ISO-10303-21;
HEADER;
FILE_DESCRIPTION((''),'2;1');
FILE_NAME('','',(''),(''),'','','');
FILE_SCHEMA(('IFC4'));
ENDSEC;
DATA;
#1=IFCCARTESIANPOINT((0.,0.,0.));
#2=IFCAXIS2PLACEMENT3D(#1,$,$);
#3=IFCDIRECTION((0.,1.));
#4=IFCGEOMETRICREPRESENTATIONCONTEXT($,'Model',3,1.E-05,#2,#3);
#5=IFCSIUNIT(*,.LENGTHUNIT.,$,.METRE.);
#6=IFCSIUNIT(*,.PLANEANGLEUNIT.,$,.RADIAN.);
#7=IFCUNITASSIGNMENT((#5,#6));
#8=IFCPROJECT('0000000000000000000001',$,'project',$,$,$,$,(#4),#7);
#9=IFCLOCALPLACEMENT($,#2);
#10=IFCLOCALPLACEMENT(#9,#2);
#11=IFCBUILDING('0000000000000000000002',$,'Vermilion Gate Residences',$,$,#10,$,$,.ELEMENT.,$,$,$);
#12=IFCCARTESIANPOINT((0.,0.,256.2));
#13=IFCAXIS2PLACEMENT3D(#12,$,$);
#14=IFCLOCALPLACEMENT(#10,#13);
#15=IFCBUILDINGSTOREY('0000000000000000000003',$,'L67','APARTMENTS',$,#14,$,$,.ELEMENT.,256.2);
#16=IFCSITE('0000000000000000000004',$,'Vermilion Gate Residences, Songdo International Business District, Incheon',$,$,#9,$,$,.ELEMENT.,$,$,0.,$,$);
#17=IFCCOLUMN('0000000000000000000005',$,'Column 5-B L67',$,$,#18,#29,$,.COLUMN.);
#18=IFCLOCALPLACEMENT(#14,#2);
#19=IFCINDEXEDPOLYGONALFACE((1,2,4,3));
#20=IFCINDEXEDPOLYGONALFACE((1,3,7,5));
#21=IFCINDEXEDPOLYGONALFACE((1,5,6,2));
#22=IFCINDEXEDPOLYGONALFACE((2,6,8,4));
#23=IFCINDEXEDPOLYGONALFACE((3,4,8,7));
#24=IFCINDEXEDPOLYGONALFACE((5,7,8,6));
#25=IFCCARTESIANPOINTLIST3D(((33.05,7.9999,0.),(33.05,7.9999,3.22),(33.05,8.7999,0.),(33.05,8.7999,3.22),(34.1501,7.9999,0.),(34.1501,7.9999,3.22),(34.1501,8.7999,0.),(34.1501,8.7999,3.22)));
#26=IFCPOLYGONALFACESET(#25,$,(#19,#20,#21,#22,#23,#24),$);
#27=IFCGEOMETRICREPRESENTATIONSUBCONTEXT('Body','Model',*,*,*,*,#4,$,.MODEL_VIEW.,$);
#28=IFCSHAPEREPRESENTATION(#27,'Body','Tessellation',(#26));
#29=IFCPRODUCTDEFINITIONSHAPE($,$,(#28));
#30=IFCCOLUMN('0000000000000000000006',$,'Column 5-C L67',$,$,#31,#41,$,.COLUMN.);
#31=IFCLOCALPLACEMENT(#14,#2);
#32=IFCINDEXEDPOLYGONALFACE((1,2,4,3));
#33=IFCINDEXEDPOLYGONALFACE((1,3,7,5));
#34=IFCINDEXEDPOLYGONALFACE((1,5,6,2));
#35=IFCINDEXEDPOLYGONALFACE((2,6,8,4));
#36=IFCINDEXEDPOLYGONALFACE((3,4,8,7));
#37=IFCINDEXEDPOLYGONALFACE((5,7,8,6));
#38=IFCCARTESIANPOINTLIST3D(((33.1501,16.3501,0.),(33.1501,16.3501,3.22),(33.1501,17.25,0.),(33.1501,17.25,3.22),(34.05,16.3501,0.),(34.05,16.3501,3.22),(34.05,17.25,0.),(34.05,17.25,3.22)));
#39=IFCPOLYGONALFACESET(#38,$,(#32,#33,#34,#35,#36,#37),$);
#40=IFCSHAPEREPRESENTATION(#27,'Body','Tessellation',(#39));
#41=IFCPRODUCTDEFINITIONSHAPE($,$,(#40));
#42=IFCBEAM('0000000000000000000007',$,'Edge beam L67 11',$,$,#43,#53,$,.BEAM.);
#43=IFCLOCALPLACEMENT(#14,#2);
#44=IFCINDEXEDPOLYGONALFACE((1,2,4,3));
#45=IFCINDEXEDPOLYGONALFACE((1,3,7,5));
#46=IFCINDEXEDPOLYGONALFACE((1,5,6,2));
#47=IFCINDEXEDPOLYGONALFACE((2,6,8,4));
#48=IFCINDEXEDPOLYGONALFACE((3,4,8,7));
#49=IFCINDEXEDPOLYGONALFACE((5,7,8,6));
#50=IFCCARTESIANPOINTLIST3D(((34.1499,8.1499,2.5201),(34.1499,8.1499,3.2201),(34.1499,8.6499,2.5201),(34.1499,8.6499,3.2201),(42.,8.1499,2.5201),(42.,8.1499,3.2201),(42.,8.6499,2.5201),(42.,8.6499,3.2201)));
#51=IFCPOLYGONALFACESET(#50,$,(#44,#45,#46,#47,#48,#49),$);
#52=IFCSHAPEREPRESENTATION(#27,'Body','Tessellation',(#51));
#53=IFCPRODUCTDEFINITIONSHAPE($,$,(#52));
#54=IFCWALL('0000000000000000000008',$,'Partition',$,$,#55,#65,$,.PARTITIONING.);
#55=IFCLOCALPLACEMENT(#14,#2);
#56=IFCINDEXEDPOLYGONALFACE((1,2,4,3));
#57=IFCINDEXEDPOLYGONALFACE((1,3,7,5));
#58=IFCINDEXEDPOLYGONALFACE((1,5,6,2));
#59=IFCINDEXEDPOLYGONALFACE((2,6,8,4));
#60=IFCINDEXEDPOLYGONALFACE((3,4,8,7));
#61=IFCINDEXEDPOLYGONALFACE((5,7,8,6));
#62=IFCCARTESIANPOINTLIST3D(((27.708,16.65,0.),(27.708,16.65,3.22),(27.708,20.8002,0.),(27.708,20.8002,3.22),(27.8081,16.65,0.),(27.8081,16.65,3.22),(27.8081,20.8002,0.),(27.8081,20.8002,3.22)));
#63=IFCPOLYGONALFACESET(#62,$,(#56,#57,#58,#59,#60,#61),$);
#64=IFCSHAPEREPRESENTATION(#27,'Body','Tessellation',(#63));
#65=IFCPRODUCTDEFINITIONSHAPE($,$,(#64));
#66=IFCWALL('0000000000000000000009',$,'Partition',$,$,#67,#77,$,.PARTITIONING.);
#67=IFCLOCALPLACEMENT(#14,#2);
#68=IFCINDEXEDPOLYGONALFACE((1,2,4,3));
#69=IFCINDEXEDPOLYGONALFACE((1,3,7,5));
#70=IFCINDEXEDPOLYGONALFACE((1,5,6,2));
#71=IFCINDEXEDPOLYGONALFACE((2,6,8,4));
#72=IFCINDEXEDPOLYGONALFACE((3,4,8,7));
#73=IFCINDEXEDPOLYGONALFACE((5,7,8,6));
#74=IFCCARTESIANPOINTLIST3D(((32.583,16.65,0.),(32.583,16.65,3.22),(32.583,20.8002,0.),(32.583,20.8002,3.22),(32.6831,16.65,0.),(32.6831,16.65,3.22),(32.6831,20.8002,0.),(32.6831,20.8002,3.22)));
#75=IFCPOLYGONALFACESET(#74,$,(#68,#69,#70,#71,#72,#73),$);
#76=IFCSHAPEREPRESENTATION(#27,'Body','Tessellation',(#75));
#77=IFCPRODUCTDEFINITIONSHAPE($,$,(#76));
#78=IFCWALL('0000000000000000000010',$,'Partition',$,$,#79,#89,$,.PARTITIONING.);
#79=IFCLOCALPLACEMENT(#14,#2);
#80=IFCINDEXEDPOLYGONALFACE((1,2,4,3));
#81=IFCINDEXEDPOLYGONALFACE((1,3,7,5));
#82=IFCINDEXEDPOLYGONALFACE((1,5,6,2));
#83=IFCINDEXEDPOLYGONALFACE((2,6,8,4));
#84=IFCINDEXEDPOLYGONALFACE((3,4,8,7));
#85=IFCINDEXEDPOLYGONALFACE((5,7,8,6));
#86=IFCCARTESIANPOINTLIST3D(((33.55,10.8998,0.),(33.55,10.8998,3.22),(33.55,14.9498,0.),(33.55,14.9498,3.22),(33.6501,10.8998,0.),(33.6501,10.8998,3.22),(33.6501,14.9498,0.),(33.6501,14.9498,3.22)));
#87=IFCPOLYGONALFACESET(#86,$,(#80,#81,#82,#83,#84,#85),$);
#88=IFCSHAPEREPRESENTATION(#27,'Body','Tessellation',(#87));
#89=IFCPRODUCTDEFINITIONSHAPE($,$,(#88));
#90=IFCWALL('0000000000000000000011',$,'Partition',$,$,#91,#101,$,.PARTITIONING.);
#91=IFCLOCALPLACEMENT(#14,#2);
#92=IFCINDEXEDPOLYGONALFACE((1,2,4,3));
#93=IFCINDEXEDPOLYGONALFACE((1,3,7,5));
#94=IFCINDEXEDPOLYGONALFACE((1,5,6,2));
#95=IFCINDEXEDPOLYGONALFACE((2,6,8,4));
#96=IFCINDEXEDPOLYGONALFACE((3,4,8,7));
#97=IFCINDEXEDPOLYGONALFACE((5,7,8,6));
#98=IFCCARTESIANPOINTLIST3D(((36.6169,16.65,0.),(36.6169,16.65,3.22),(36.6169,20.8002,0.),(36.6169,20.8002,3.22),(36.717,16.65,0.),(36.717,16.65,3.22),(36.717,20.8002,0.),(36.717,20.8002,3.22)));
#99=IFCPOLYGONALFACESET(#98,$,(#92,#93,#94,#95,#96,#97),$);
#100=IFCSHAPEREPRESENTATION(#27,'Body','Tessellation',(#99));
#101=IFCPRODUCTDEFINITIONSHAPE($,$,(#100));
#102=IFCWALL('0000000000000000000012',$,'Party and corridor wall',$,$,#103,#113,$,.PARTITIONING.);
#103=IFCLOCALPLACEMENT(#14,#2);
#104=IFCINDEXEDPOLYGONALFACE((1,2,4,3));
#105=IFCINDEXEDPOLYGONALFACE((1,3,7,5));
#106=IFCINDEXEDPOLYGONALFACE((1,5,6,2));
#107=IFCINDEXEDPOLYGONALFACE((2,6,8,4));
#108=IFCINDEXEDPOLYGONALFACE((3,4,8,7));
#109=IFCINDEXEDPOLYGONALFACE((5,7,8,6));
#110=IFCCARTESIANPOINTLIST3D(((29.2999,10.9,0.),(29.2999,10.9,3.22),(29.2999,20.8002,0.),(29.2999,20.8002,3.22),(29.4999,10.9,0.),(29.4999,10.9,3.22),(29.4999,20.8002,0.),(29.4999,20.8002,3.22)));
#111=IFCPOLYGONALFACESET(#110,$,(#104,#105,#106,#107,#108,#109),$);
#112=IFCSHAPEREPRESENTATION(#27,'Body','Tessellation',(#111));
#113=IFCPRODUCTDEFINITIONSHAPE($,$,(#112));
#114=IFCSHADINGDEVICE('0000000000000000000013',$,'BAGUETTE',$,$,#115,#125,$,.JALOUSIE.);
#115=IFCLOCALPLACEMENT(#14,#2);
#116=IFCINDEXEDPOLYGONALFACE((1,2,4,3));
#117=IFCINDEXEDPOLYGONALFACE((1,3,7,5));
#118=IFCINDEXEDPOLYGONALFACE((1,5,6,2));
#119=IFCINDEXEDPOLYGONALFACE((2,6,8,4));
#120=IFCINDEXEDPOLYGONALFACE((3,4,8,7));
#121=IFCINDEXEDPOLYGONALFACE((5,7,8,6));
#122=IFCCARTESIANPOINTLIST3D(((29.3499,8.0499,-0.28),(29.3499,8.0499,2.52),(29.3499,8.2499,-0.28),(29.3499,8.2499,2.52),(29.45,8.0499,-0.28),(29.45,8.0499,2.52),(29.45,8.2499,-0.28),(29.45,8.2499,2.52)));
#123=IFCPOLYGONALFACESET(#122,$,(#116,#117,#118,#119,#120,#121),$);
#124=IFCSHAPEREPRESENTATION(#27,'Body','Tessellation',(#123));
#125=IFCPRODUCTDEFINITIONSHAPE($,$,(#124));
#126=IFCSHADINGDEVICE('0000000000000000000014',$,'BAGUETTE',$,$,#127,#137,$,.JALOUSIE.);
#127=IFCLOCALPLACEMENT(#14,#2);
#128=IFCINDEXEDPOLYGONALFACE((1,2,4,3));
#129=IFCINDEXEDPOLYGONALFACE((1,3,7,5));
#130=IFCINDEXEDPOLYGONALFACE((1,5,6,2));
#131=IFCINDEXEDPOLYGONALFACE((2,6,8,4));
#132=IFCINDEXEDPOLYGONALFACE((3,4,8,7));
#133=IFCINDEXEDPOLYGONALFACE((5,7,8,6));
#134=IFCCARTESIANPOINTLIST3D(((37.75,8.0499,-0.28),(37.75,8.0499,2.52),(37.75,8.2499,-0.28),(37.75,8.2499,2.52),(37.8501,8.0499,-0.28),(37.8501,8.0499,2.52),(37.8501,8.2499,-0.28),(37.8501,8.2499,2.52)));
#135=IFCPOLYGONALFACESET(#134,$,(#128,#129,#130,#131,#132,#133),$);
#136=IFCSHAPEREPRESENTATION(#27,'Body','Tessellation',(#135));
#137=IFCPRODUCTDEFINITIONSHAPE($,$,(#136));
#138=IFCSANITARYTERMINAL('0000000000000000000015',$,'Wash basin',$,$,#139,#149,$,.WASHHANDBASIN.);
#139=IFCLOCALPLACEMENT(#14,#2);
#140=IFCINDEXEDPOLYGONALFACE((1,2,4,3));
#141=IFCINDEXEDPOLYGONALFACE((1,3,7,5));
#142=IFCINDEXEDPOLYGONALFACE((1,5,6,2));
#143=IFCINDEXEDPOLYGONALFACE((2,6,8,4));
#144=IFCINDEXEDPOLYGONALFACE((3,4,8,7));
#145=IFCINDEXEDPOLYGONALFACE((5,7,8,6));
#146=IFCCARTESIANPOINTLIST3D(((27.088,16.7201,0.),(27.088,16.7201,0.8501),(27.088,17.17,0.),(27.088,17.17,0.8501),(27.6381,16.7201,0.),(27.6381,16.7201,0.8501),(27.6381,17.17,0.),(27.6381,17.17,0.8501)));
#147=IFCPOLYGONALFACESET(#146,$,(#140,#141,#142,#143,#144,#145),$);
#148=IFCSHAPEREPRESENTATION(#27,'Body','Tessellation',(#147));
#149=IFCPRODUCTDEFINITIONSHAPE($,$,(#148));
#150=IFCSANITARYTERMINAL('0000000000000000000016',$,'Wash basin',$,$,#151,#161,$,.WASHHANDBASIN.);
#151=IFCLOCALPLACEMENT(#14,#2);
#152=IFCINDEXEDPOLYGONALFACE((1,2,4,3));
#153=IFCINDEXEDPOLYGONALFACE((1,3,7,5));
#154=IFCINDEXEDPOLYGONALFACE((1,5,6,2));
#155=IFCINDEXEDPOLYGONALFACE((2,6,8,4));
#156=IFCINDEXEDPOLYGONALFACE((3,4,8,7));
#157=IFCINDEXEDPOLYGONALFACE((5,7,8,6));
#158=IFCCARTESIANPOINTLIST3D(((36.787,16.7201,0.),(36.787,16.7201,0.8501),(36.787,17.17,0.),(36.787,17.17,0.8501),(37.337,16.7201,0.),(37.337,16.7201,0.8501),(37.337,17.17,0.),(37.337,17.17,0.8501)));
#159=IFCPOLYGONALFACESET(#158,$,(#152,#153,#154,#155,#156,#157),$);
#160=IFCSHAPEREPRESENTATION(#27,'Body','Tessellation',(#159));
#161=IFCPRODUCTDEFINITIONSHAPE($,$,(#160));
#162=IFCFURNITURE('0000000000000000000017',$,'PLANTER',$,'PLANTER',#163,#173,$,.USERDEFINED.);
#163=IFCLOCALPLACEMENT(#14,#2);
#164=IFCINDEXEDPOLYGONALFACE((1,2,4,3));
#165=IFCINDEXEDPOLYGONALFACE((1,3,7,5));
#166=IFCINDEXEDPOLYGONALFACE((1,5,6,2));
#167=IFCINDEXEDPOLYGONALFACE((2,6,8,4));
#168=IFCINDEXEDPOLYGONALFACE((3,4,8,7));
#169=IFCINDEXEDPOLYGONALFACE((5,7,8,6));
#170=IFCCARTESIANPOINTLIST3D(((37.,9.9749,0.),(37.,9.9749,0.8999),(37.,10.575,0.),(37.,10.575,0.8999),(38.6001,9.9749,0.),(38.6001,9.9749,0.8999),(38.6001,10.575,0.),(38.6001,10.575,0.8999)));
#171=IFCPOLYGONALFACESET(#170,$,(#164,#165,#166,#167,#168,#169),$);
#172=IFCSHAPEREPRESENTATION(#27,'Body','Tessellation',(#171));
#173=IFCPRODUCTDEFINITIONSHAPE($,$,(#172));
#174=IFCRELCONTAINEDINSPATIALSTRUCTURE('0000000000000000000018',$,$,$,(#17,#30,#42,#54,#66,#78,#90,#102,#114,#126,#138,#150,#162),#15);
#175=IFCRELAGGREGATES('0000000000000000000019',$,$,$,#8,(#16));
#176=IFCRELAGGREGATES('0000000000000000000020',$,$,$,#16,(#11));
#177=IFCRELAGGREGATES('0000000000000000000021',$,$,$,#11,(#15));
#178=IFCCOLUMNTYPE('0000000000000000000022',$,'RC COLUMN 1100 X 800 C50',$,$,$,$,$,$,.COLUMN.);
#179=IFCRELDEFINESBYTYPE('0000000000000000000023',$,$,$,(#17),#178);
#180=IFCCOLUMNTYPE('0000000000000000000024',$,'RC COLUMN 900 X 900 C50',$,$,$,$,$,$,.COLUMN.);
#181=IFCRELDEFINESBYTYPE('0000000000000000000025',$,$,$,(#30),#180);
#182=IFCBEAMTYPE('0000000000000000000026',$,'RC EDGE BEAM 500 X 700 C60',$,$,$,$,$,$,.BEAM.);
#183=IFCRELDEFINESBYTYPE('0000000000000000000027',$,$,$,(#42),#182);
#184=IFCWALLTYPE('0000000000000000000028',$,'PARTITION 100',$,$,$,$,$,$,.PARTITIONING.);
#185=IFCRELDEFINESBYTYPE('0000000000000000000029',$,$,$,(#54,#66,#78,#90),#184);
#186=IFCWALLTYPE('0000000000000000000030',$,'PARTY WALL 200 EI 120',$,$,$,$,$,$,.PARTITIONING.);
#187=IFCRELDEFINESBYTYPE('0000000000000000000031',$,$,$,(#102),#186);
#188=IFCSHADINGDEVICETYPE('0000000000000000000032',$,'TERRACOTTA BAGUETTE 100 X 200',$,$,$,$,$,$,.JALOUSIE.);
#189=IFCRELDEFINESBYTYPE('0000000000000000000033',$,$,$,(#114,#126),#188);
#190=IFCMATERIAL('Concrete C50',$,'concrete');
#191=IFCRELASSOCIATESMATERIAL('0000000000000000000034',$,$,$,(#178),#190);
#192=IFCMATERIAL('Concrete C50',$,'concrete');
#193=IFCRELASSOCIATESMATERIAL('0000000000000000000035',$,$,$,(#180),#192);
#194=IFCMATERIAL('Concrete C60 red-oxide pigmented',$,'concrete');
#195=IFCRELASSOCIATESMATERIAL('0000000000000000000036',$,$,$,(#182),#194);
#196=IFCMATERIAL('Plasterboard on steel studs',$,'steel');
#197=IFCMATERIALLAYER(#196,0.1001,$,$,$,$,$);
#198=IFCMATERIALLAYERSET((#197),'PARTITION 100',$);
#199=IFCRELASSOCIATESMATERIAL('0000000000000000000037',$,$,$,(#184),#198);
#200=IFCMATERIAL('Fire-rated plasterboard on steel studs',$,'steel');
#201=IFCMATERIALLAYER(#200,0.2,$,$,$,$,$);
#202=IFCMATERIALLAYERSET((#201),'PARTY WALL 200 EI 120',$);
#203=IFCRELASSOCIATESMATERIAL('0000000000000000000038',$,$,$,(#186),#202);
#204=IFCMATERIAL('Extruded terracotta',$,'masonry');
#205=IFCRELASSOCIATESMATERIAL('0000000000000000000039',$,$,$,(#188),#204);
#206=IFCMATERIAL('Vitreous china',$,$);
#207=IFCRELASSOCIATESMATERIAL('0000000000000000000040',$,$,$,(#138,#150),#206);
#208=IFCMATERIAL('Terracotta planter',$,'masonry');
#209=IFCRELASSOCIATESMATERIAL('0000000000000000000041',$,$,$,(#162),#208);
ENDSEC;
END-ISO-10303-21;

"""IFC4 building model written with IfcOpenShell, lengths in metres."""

from ifc_helpers import new_model, si_unit, direction, frame, frame_2d, origin, origin_2d, place, context, subcontext, project, spatial, rectangle, extrude, material, layer, layer_set, material_profile, profile_set, type_object, element, save


model = new_model("IFC4")

# Units and contexts
model_context = context("Model", 3, precision=1e-05, world=origin(), true_north=direction((0.0, 1.0)))
body_context = subcontext(model_context, "Body", "Model", "MODEL_VIEW")
ifc_project = project(units=[si_unit("LENGTHUNIT", "METRE"), si_unit("PLANEANGLEUNIT", "RADIAN")], contexts=[model_context])

# Site, building, storey
site_placement = place(None, origin())
site = spatial("IfcSite", under=ifc_project, at=site_placement, Name="Vermilion Gate Residences, Songdo International Business District, Incheon", CompositionType="ELEMENT", RefElevation=0.0)
building_placement = place(site_placement, origin())
building = spatial("IfcBuilding", under=site, at=building_placement, Name="Vermilion Gate Residences", CompositionType="ELEMENT")
storey_placement = place(building_placement, frame((0.0, 0.0, 256.2)))
storey = spatial("IfcBuildingStorey", under=building, at=storey_placement, Name="L67", Description="APARTMENTS", CompositionType="ELEMENT", Elevation=256.2)

# Columns
ifc_material_1 = material(Name="Concrete C50", Category="concrete")
ifc_material_profile_1 = material_profile(ifc_material_1, rectangle(XDim=1.1001, YDim=0.8, at=origin_2d()), Name="RC-1100x800")
ifc_profile_set_1 = profile_set([ifc_material_profile_1], Name="Concrete C50")
column_type_1 = type_object("IfcColumnType", Name="RC COLUMN 1100 X 800 C50", PredefinedType="COLUMN", material=ifc_profile_set_1)
column_1_placement = place(storey_placement, frame((33.6001, 8.3999, 0.0), z_axis=(0.0, 0.0, 1.0), x_axis=(1.0, 0.0, 0.0)))
element("IfcColumn", 1, at=column_1_placement, inside=storey, type_object=column_type_1, Name="Column 5-B L67", PredefinedType="COLUMN", context=body_context, shape_type="SweptSolid", body=[
    extrude(rectangle(XDim=1.1001, YDim=0.8, at=origin_2d()), origin(), (0.0, 0.0, 1.0), 3.22),
])
ifc_material_2 = material(Name="Concrete C50", Category="concrete")
ifc_material_profile_2 = material_profile(ifc_material_2, rectangle(XDim=0.8999, YDim=0.8999, at=origin_2d()), Name="RC-900x900")
ifc_profile_set_2 = profile_set([ifc_material_profile_2], Name="Concrete C50")
column_type_2 = type_object("IfcColumnType", Name="RC COLUMN 900 X 900 C50", PredefinedType="COLUMN", material=ifc_profile_set_2)
column_2_placement = place(storey_placement, frame((33.6001, 16.8, 0.0), z_axis=(0.0, 0.0, 1.0), x_axis=(1.0, 0.0, 0.0)))
element("IfcColumn", 2, at=column_2_placement, inside=storey, type_object=column_type_2, Name="Column 5-C L67", PredefinedType="COLUMN", context=body_context, shape_type="SweptSolid", body=[
    extrude(rectangle(XDim=0.8999, YDim=0.8999, at=origin_2d()), origin(), (0.0, 0.0, 1.0), 3.22),
])

# Beam
ifc_material_3 = material(Name="Concrete C60 red-oxide pigmented", Category="concrete")
ifc_material_profile_3 = material_profile(ifc_material_3, rectangle(XDim=0.5, YDim=0.7, at=origin_2d()), Name="RC-500x700")
ifc_profile_set_3 = profile_set([ifc_material_profile_3], Name="Concrete C60 red-oxide pigmented")
beam_type = type_object("IfcBeamType", Name="RC EDGE BEAM 500 X 700 C60", PredefinedType="BEAM", material=ifc_profile_set_3)
beam_placement = place(storey_placement, frame((34.1499, 8.3999, 2.8701), z_axis=(1.0, 0.0, 0.0), x_axis=(0.0, 1.0, 0.0)))
element("IfcBeam", 3, at=beam_placement, inside=storey, type_object=beam_type, Name="Edge beam L67 11", PredefinedType="BEAM", context=body_context, shape_type="SweptSolid", body=[
    extrude(rectangle(XDim=0.5, YDim=0.7, at=origin_2d()), origin(), (0.0, 0.0, 1.0), 7.8501),
])

# Walls
ifc_material_4 = material(Name="Plasterboard on steel studs", Category="steel")
ifc_layer_1 = layer(ifc_material_4, 0.1001)
ifc_layer_set_1 = layer_set([ifc_layer_1], Name="PARTITION 100")
wall_type_1 = type_object("IfcWallType", Name="PARTITION 100", PredefinedType="PARTITIONING", material=ifc_layer_set_1)
for number, where, z_axis, x_axis, name in (
    (4, (27.7581, 16.6499, 0.0), (0.0, 0.0, 1.0), (0.0, 1.0, 0.0), "Partition"),
    (5, (32.6331, 16.6499, 0.0), (0.0, 0.0, 1.0), (0.0, 1.0, 0.0), "Partition"),
):
    element("IfcWall", number, at=place(storey_placement, frame(where, z_axis=z_axis, x_axis=x_axis)), inside=storey, type_object=wall_type_1, Name=name, PredefinedType="PARTITIONING", context=body_context, shape_type="SweptSolid", body=[
        extrude(rectangle(XDim=4.1501, YDim=0.1001, at=frame_2d((2.0752, 0.0))), origin(), (0.0, 0.0, 1.0), 3.22),
    ])
wall_1_placement = place(storey_placement, frame((33.6001, 10.8999, 0.0), z_axis=(0.0, 0.0, 1.0), x_axis=(0.0, 1.0, 0.0)))
element("IfcWall", 6, at=wall_1_placement, inside=storey, type_object=wall_type_1, Name="Partition", PredefinedType="PARTITIONING", context=body_context, shape_type="SweptSolid", body=[
    extrude(rectangle(XDim=4.05, YDim=0.1001, at=frame_2d((2.0249, 0.0))), origin(), (0.0, 0.0, 1.0), 3.22),
])
wall_2_placement = place(storey_placement, frame((36.667, 16.6499, 0.0), z_axis=(0.0, 0.0, 1.0), x_axis=(0.0, 1.0, 0.0)))
element("IfcWall", 7, at=wall_2_placement, inside=storey, type_object=wall_type_1, Name="Partition", PredefinedType="PARTITIONING", context=body_context, shape_type="SweptSolid", body=[
    extrude(rectangle(XDim=4.1501, YDim=0.1001, at=frame_2d((2.0752, 0.0))), origin(), (0.0, 0.0, 1.0), 3.22),
])
ifc_material_5 = material(Name="Fire-rated plasterboard on steel studs", Category="steel")
ifc_layer_2 = layer(ifc_material_5, 0.2)
ifc_layer_set_2 = layer_set([ifc_layer_2], Name="PARTY WALL 200 EI 120")
wall_type_2 = type_object("IfcWallType", Name="PARTY WALL 200 EI 120", PredefinedType="PARTITIONING", material=ifc_layer_set_2)
wall_3_placement = place(storey_placement, frame((29.3999, 10.8999, 0.0), z_axis=(0.0, 0.0, 1.0), x_axis=(0.0, 1.0, 0.0)))
element("IfcWall", 8, at=wall_3_placement, inside=storey, type_object=wall_type_2, Name="Party and corridor wall", PredefinedType="PARTITIONING", context=body_context, shape_type="SweptSolid", body=[
    extrude(rectangle(XDim=9.9001, YDim=0.2, at=frame_2d((4.9502, 0.0))), origin(), (0.0, 0.0, 1.0), 3.22),
])

# Shading devices
ifc_material_6 = material(Name="Extruded terracotta", Category="masonry")
ifc_material_profile_4 = material_profile(ifc_material_6, rectangle(XDim=0.2, YDim=0.1001, at=origin_2d()), Name="BAGUETTE 100 X 200")
ifc_profile_set_4 = profile_set([ifc_material_profile_4], Name="Extruded terracotta")
shading_device_type = type_object("IfcShadingDeviceType", Name="TERRACOTTA BAGUETTE 100 X 200", PredefinedType="JALOUSIE", material=ifc_profile_set_4)
for number, where, z_axis, x_axis, name in (
    (9, (29.3999, 8.1499, -0.28), (0.0, 0.0, 1.0), (0.0, 1.0, 0.0), "BAGUETTE"),
    (10, (37.8, 8.1499, -0.28), (0.0, 0.0, 1.0), (0.0, 1.0, 0.0), "BAGUETTE"),
):
    element("IfcShadingDevice", number, at=place(storey_placement, frame(where, z_axis=z_axis, x_axis=x_axis)), inside=storey, type_object=shading_device_type, Name=name, PredefinedType="JALOUSIE", context=body_context, shape_type="SweptSolid", body=[
        extrude(rectangle(XDim=0.2, YDim=0.1001, at=origin_2d()), origin(), (0.0, 0.0, 1.0), 2.8),
    ])

# Sanitary terminals
ifc_material_7 = material(Name="Vitreous china")
for number, where, z_axis, x_axis, name in (
    (11, (27.363, 16.9451, 0.0), (0.0, 0.0, 1.0), (1.0, 0.0, 0.0), "Wash basin"),
    (12, (37.062, 16.9451, 0.0), (0.0, 0.0, 1.0), (1.0, 0.0, 0.0), "Wash basin"),
):
    element("IfcSanitaryTerminal", number, at=place(storey_placement, frame(where, z_axis=z_axis, x_axis=x_axis)), inside=storey, material=ifc_material_7, Name=name, PredefinedType="WASHHANDBASIN", context=body_context, shape_type="SweptSolid", body=[
        extrude(rectangle(XDim=0.55, YDim=0.45, at=origin_2d()), origin(), (0.0, 0.0, 1.0), 0.8501),
    ])

# Furniture
ifc_material_8 = material(Name="Terracotta planter", Category="masonry")
furniture_placement = place(storey_placement, frame((37.8, 10.2749, 0.0), z_axis=(0.0, 0.0, 1.0), x_axis=(1.0, 0.0, 0.0)))
element("IfcFurniture", 13, at=furniture_placement, inside=storey, material=ifc_material_8, Name="PLANTER", ObjectType="PLANTER", PredefinedType="USERDEFINED", context=body_context, shape_type="SweptSolid", body=[
    extrude(rectangle(XDim=1.6001, YDim=0.6001, at=origin_2d()), origin(), (0.0, 0.0, 1.0), 0.8999),
])

save(model, "model.ifc")
